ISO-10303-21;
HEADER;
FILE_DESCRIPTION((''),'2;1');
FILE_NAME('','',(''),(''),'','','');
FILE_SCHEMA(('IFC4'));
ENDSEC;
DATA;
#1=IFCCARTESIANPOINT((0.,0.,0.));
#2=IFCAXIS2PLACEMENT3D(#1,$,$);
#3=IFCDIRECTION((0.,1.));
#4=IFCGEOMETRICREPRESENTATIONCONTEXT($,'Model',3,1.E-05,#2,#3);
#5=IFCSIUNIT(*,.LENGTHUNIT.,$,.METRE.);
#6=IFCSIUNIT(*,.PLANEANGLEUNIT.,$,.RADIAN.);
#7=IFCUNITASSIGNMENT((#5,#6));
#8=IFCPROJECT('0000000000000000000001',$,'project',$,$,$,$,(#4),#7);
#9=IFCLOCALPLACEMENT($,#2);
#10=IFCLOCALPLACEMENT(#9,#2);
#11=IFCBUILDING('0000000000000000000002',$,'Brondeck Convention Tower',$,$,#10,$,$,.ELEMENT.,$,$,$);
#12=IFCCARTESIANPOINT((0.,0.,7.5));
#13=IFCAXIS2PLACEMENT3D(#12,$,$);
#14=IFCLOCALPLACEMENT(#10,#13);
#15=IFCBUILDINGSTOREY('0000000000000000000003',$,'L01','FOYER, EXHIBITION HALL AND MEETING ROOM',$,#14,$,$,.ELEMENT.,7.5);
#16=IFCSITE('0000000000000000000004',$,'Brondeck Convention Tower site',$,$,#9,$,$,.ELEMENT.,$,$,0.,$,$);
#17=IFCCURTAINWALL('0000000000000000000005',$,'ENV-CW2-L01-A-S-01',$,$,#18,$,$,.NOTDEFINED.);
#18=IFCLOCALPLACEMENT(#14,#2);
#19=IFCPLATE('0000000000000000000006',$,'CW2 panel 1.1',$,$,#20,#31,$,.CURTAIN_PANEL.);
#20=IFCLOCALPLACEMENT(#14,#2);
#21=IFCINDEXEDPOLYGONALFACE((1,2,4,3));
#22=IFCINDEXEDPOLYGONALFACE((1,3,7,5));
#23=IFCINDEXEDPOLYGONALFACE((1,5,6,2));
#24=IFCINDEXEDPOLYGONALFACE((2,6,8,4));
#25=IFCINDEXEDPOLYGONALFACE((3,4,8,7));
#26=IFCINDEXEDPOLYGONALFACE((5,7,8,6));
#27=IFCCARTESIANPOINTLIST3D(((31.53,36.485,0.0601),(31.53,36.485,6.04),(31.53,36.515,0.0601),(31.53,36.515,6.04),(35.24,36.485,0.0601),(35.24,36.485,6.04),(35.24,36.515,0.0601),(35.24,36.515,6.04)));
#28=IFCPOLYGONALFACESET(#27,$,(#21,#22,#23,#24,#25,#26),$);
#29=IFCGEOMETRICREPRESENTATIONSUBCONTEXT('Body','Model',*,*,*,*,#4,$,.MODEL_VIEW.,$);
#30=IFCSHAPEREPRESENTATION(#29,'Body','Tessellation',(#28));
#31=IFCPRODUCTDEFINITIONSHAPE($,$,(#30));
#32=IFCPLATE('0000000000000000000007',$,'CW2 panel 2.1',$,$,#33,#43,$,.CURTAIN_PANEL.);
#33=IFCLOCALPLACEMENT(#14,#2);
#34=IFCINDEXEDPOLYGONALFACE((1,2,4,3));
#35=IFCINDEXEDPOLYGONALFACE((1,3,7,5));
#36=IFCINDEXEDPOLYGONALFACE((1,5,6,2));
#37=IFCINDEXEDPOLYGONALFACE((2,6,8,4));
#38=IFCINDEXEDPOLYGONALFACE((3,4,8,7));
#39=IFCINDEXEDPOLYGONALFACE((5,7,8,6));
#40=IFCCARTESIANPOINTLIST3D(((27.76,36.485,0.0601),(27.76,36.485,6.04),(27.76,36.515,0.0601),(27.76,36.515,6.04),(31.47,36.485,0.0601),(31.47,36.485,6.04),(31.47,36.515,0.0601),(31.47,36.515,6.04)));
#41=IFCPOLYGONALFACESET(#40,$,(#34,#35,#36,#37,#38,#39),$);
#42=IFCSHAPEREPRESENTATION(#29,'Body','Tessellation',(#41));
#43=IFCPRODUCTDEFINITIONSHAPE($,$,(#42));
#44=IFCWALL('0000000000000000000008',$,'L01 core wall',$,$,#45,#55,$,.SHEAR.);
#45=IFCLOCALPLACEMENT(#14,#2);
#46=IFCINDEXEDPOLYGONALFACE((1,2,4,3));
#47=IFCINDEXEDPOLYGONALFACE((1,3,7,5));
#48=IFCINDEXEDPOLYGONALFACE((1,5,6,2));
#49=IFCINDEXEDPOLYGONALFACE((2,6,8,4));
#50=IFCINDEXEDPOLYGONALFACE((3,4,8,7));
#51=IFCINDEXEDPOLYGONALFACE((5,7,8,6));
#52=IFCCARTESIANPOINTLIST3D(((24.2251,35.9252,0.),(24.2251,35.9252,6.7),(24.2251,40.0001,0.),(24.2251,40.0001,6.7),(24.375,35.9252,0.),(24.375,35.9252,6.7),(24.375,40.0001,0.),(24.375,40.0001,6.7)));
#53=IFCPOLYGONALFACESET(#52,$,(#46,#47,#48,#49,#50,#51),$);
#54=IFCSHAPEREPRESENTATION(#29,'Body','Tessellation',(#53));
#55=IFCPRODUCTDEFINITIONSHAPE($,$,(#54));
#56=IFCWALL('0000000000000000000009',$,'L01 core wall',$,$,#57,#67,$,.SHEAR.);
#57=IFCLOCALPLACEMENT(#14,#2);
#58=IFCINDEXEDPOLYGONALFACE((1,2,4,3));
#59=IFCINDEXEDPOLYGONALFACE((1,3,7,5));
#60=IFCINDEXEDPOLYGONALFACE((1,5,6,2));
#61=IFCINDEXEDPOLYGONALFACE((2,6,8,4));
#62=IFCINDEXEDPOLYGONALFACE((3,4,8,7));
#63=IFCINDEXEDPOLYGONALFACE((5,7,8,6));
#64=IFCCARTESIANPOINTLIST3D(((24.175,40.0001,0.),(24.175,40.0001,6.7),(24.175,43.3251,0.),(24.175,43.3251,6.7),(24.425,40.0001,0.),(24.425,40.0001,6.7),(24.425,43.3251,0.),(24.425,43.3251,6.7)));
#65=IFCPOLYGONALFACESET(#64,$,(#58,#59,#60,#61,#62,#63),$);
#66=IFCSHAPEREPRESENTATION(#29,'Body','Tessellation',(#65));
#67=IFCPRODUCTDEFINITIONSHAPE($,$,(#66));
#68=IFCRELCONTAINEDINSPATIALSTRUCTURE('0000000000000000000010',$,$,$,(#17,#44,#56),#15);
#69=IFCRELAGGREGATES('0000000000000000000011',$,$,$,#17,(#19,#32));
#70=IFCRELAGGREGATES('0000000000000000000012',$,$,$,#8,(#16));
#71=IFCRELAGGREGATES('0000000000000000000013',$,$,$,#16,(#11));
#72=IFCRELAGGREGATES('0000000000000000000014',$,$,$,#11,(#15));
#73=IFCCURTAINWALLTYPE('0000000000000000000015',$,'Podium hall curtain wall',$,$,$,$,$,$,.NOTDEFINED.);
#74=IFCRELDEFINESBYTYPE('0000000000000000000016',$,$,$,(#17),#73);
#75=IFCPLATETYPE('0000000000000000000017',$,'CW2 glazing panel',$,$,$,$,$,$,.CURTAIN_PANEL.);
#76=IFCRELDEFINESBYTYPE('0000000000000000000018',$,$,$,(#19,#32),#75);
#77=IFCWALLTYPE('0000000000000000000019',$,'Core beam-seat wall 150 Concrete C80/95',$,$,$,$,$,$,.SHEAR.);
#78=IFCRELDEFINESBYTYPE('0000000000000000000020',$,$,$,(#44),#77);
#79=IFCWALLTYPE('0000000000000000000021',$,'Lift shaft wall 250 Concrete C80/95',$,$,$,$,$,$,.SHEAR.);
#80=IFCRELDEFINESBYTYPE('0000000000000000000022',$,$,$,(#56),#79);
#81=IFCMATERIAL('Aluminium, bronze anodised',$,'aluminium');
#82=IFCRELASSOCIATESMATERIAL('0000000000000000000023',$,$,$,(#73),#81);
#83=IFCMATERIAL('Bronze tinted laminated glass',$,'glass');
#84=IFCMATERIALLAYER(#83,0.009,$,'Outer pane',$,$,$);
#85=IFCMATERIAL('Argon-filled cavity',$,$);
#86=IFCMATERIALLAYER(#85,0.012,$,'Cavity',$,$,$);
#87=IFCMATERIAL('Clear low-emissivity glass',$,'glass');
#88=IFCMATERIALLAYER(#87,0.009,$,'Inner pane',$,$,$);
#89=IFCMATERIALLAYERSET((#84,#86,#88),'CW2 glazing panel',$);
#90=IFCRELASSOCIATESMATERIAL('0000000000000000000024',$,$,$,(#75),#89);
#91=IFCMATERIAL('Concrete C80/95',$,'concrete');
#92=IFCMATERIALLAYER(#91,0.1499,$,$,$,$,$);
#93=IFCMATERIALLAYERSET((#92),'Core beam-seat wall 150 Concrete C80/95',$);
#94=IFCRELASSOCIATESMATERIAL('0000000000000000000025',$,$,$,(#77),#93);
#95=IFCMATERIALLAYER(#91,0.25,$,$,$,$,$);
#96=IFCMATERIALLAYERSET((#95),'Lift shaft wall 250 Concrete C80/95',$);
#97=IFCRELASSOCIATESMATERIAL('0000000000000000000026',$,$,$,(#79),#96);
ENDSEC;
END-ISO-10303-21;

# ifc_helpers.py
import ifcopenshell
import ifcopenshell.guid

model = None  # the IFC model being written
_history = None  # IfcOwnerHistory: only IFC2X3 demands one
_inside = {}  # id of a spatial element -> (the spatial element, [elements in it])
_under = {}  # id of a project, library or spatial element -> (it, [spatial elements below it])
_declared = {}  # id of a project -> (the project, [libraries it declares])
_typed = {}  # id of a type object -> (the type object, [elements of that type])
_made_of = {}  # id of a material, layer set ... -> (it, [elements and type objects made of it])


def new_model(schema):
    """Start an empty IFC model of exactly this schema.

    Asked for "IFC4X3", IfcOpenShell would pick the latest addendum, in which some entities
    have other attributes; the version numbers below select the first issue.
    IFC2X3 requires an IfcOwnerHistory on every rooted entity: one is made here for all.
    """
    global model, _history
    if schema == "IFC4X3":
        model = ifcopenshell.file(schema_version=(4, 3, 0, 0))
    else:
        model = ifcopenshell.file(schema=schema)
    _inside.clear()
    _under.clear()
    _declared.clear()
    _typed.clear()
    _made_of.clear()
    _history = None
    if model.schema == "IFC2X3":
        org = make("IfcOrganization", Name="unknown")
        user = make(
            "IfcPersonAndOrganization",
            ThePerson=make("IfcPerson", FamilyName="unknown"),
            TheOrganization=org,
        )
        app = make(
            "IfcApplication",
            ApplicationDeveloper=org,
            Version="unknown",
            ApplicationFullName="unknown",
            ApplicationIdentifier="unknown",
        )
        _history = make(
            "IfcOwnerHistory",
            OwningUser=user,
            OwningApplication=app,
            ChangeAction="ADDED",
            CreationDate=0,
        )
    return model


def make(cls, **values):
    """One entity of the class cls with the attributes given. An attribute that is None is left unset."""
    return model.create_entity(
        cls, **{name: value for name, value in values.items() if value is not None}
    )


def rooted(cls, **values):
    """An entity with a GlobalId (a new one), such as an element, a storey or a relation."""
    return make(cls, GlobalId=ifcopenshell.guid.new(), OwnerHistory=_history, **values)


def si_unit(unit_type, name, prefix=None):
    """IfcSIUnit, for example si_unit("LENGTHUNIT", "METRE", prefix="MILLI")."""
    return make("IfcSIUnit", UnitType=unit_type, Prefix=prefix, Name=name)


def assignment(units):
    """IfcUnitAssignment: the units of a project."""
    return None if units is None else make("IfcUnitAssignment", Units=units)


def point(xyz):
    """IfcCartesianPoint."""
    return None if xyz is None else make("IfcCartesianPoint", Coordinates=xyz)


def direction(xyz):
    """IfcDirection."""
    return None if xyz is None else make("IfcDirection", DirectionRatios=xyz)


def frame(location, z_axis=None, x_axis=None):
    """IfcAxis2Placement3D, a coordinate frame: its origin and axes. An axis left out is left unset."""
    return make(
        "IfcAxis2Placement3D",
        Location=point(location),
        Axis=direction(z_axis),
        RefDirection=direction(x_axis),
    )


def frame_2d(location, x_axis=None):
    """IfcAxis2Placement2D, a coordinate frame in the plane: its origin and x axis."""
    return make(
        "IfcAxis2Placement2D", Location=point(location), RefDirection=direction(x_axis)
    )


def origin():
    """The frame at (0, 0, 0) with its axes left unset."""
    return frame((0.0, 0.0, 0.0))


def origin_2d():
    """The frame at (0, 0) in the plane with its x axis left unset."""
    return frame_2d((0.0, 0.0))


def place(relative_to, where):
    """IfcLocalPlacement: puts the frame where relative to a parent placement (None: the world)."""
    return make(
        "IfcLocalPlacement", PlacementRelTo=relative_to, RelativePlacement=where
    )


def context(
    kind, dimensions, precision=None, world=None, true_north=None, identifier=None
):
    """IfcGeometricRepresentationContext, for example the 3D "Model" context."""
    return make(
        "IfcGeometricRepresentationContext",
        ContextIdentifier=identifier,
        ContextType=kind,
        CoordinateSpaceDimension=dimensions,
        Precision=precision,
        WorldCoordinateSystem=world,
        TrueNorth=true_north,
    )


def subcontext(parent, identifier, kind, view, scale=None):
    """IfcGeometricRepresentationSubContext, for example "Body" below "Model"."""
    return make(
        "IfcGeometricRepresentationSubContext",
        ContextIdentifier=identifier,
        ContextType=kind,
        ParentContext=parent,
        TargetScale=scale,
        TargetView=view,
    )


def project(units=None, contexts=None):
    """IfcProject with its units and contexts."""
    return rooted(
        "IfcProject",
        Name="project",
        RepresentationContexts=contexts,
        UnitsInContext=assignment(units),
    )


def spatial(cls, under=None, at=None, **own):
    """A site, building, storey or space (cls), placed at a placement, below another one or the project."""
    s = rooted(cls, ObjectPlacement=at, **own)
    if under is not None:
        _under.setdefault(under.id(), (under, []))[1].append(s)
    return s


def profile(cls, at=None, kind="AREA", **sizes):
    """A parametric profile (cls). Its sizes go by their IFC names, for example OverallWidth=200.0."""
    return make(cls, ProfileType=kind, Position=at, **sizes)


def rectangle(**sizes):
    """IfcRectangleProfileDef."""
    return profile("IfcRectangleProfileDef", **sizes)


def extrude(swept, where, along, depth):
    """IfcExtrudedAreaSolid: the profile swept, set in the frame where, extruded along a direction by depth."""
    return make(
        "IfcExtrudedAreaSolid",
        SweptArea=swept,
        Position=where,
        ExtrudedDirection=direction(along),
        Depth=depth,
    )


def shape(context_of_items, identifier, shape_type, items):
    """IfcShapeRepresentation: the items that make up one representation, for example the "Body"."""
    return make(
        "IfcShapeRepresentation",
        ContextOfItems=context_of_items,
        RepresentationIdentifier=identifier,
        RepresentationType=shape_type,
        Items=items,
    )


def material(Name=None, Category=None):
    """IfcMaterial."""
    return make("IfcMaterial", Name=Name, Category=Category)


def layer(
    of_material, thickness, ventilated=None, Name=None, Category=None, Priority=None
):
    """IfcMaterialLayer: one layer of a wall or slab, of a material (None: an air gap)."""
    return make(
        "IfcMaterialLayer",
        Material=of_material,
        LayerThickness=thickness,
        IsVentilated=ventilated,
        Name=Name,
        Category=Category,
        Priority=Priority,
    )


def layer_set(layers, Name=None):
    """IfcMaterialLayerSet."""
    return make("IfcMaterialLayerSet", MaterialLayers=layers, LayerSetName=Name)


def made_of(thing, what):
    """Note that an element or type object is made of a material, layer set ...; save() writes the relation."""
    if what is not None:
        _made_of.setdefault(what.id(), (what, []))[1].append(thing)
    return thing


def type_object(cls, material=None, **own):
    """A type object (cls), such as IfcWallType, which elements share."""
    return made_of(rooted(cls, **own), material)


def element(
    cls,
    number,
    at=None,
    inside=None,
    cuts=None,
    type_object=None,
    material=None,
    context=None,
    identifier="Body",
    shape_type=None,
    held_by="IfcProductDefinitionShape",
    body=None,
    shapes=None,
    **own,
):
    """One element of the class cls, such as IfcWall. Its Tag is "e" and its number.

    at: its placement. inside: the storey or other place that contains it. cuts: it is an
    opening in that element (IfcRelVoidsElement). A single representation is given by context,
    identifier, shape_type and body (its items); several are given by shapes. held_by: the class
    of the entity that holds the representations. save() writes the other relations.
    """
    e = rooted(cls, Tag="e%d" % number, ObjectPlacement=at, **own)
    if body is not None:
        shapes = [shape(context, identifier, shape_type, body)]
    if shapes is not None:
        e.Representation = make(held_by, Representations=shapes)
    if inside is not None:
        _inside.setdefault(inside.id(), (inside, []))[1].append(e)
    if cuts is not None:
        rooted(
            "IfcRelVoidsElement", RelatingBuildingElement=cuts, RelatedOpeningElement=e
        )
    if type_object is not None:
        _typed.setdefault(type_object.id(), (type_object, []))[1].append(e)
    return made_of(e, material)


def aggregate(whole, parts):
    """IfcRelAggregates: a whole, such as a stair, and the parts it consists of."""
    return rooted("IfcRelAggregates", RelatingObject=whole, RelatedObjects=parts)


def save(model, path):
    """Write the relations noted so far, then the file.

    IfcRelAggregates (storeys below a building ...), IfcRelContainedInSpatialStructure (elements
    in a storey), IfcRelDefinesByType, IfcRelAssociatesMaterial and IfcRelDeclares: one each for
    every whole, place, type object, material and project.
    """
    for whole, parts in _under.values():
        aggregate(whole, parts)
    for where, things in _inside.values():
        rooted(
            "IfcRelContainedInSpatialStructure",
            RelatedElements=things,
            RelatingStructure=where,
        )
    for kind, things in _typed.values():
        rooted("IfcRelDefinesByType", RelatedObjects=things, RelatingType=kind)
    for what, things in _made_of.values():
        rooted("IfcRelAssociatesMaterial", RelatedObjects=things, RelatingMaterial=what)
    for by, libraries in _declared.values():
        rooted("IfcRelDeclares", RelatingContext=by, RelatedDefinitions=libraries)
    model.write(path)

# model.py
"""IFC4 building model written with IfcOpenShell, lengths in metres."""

from ifc_helpers import new_model, si_unit, direction, frame, frame_2d, origin, origin_2d, place, context, subcontext, project, spatial, rectangle, extrude, material, layer, layer_set, type_object, element, aggregate, save


model = new_model("IFC4")

# Units and contexts
model_context = context("Model", 3, precision=1e-05, world=origin(), true_north=direction((0.0, 1.0)))
body_context = subcontext(model_context, "Body", "Model", "MODEL_VIEW")
ifc_project = project(units=[si_unit("LENGTHUNIT", "METRE"), si_unit("PLANEANGLEUNIT", "RADIAN")], contexts=[model_context])

# Site, building, storey
site_placement = place(None, origin())
site = spatial("IfcSite", under=ifc_project, at=site_placement, Name="Brondeck Convention Tower site", CompositionType="ELEMENT", RefElevation=0.0)
building_placement = place(site_placement, origin())
building = spatial("IfcBuilding", under=site, at=building_placement, Name="Brondeck Convention Tower", CompositionType="ELEMENT")
storey_placement = place(building_placement, frame((0.0, 0.0, 7.5)))
storey = spatial("IfcBuildingStorey", under=building, at=storey_placement, Name="L01", Description="FOYER, EXHIBITION HALL AND MEETING ROOM", CompositionType="ELEMENT", Elevation=7.5)

# Shared definitions
ifc_material_1 = material(Name="Concrete C80/95", Category="concrete")

# Shared definitions
ifc_material_2 = material(Name="Aluminium, bronze anodised", Category="aluminium")
curtain_wall_type = type_object("IfcCurtainWallType", Name="Podium hall curtain wall", PredefinedType="NOTDEFINED", material=ifc_material_2)

# Curtain wall
curtain_wall_1_placement = place(storey_placement, origin())
curtain_wall_1 = element("IfcCurtainWall", 1, at=curtain_wall_1_placement, inside=storey, type_object=curtain_wall_type, Name="ENV-CW2-L01-A-S-01", PredefinedType="NOTDEFINED")

# Plates
ifc_material_3 = material(Name="Bronze tinted laminated glass", Category="glass")
ifc_layer_1 = layer(ifc_material_3, 0.009, Name="Outer pane")
ifc_material_4 = material(Name="Argon-filled cavity")
ifc_layer_2 = layer(ifc_material_4, 0.012, Name="Cavity")
ifc_material_5 = material(Name="Clear low-emissivity glass", Category="glass")
ifc_layer_3 = layer(ifc_material_5, 0.009, Name="Inner pane")
ifc_layer_set_1 = layer_set([ifc_layer_1, ifc_layer_2, ifc_layer_3], Name="CW2 glazing panel")
plate_type = type_object("IfcPlateType", Name="CW2 glazing panel", PredefinedType="CURTAIN_PANEL", material=ifc_layer_set_1)
plate_1_placement = place(storey_placement, frame((33.385, 36.5, 0.0601), z_axis=(0.0, 0.0, 1.0), x_axis=(-1.0, 0.0, 0.0)))
plate_1 = element("IfcPlate", 2, at=plate_1_placement, type_object=plate_type, Name="CW2 panel 1.1", PredefinedType="CURTAIN_PANEL", context=body_context, shape_type="SweptSolid", body=[
    extrude(rectangle(XDim=3.71, YDim=0.03, at=origin_2d()), origin(), (0.0, 0.0, 1.0), 5.98),
])
plate_2_placement = place(storey_placement, frame((29.615, 36.5, 0.0601), z_axis=(0.0, 0.0, 1.0), x_axis=(-1.0, 0.0, 0.0)))
plate_2 = element("IfcPlate", 3, at=plate_2_placement, type_object=plate_type, Name="CW2 panel 2.1", PredefinedType="CURTAIN_PANEL", context=body_context, shape_type="SweptSolid", body=[
    extrude(rectangle(XDim=3.71, YDim=0.03, at=origin_2d()), origin(), (0.0, 0.0, 1.0), 5.98),
])
aggregate(curtain_wall_1, [plate_1, plate_2])

# Walls
ifc_layer_4 = layer(ifc_material_1, 0.1499)
ifc_layer_set_2 = layer_set([ifc_layer_4], Name="Core beam-seat wall 150 Concrete C80/95")
wall_type_1 = type_object("IfcWallType", Name="Core beam-seat wall 150 Concrete C80/95", PredefinedType="SHEAR", material=ifc_layer_set_2)
wall_1_placement = place(storey_placement, frame((24.3, 35.925, 0.0), z_axis=(0.0, 0.0, 1.0), x_axis=(0.0, 1.0, 0.0)))
element("IfcWall", 4, at=wall_1_placement, inside=storey, type_object=wall_type_1, Name="L01 core wall", PredefinedType="SHEAR", context=body_context, shape_type="SweptSolid", body=[
    extrude(rectangle(XDim=4.075, YDim=0.1499, at=frame_2d((2.0376, 0.0))), origin(), (0.0, 0.0, 1.0), 6.7),
])
ifc_layer_5 = layer(ifc_material_1, 0.25)
ifc_layer_set_3 = layer_set([ifc_layer_5], Name="Lift shaft wall 250 Concrete C80/95")
wall_type_2 = type_object("IfcWallType", Name="Lift shaft wall 250 Concrete C80/95", PredefinedType="SHEAR", material=ifc_layer_set_3)
wall_2_placement = place(storey_placement, frame((24.3, 40.0, 0.0), z_axis=(0.0, 0.0, 1.0), x_axis=(0.0, 1.0, 0.0)))
element("IfcWall", 5, at=wall_2_placement, inside=storey, type_object=wall_type_2, Name="L01 core wall", PredefinedType="SHEAR", context=body_context, shape_type="SweptSolid", body=[
    extrude(rectangle(XDim=3.325, YDim=0.25, at=frame_2d((1.6626, 0.0))), origin(), (0.0, 0.0, 1.0), 6.7),
])

save(model, "model.ifc")
